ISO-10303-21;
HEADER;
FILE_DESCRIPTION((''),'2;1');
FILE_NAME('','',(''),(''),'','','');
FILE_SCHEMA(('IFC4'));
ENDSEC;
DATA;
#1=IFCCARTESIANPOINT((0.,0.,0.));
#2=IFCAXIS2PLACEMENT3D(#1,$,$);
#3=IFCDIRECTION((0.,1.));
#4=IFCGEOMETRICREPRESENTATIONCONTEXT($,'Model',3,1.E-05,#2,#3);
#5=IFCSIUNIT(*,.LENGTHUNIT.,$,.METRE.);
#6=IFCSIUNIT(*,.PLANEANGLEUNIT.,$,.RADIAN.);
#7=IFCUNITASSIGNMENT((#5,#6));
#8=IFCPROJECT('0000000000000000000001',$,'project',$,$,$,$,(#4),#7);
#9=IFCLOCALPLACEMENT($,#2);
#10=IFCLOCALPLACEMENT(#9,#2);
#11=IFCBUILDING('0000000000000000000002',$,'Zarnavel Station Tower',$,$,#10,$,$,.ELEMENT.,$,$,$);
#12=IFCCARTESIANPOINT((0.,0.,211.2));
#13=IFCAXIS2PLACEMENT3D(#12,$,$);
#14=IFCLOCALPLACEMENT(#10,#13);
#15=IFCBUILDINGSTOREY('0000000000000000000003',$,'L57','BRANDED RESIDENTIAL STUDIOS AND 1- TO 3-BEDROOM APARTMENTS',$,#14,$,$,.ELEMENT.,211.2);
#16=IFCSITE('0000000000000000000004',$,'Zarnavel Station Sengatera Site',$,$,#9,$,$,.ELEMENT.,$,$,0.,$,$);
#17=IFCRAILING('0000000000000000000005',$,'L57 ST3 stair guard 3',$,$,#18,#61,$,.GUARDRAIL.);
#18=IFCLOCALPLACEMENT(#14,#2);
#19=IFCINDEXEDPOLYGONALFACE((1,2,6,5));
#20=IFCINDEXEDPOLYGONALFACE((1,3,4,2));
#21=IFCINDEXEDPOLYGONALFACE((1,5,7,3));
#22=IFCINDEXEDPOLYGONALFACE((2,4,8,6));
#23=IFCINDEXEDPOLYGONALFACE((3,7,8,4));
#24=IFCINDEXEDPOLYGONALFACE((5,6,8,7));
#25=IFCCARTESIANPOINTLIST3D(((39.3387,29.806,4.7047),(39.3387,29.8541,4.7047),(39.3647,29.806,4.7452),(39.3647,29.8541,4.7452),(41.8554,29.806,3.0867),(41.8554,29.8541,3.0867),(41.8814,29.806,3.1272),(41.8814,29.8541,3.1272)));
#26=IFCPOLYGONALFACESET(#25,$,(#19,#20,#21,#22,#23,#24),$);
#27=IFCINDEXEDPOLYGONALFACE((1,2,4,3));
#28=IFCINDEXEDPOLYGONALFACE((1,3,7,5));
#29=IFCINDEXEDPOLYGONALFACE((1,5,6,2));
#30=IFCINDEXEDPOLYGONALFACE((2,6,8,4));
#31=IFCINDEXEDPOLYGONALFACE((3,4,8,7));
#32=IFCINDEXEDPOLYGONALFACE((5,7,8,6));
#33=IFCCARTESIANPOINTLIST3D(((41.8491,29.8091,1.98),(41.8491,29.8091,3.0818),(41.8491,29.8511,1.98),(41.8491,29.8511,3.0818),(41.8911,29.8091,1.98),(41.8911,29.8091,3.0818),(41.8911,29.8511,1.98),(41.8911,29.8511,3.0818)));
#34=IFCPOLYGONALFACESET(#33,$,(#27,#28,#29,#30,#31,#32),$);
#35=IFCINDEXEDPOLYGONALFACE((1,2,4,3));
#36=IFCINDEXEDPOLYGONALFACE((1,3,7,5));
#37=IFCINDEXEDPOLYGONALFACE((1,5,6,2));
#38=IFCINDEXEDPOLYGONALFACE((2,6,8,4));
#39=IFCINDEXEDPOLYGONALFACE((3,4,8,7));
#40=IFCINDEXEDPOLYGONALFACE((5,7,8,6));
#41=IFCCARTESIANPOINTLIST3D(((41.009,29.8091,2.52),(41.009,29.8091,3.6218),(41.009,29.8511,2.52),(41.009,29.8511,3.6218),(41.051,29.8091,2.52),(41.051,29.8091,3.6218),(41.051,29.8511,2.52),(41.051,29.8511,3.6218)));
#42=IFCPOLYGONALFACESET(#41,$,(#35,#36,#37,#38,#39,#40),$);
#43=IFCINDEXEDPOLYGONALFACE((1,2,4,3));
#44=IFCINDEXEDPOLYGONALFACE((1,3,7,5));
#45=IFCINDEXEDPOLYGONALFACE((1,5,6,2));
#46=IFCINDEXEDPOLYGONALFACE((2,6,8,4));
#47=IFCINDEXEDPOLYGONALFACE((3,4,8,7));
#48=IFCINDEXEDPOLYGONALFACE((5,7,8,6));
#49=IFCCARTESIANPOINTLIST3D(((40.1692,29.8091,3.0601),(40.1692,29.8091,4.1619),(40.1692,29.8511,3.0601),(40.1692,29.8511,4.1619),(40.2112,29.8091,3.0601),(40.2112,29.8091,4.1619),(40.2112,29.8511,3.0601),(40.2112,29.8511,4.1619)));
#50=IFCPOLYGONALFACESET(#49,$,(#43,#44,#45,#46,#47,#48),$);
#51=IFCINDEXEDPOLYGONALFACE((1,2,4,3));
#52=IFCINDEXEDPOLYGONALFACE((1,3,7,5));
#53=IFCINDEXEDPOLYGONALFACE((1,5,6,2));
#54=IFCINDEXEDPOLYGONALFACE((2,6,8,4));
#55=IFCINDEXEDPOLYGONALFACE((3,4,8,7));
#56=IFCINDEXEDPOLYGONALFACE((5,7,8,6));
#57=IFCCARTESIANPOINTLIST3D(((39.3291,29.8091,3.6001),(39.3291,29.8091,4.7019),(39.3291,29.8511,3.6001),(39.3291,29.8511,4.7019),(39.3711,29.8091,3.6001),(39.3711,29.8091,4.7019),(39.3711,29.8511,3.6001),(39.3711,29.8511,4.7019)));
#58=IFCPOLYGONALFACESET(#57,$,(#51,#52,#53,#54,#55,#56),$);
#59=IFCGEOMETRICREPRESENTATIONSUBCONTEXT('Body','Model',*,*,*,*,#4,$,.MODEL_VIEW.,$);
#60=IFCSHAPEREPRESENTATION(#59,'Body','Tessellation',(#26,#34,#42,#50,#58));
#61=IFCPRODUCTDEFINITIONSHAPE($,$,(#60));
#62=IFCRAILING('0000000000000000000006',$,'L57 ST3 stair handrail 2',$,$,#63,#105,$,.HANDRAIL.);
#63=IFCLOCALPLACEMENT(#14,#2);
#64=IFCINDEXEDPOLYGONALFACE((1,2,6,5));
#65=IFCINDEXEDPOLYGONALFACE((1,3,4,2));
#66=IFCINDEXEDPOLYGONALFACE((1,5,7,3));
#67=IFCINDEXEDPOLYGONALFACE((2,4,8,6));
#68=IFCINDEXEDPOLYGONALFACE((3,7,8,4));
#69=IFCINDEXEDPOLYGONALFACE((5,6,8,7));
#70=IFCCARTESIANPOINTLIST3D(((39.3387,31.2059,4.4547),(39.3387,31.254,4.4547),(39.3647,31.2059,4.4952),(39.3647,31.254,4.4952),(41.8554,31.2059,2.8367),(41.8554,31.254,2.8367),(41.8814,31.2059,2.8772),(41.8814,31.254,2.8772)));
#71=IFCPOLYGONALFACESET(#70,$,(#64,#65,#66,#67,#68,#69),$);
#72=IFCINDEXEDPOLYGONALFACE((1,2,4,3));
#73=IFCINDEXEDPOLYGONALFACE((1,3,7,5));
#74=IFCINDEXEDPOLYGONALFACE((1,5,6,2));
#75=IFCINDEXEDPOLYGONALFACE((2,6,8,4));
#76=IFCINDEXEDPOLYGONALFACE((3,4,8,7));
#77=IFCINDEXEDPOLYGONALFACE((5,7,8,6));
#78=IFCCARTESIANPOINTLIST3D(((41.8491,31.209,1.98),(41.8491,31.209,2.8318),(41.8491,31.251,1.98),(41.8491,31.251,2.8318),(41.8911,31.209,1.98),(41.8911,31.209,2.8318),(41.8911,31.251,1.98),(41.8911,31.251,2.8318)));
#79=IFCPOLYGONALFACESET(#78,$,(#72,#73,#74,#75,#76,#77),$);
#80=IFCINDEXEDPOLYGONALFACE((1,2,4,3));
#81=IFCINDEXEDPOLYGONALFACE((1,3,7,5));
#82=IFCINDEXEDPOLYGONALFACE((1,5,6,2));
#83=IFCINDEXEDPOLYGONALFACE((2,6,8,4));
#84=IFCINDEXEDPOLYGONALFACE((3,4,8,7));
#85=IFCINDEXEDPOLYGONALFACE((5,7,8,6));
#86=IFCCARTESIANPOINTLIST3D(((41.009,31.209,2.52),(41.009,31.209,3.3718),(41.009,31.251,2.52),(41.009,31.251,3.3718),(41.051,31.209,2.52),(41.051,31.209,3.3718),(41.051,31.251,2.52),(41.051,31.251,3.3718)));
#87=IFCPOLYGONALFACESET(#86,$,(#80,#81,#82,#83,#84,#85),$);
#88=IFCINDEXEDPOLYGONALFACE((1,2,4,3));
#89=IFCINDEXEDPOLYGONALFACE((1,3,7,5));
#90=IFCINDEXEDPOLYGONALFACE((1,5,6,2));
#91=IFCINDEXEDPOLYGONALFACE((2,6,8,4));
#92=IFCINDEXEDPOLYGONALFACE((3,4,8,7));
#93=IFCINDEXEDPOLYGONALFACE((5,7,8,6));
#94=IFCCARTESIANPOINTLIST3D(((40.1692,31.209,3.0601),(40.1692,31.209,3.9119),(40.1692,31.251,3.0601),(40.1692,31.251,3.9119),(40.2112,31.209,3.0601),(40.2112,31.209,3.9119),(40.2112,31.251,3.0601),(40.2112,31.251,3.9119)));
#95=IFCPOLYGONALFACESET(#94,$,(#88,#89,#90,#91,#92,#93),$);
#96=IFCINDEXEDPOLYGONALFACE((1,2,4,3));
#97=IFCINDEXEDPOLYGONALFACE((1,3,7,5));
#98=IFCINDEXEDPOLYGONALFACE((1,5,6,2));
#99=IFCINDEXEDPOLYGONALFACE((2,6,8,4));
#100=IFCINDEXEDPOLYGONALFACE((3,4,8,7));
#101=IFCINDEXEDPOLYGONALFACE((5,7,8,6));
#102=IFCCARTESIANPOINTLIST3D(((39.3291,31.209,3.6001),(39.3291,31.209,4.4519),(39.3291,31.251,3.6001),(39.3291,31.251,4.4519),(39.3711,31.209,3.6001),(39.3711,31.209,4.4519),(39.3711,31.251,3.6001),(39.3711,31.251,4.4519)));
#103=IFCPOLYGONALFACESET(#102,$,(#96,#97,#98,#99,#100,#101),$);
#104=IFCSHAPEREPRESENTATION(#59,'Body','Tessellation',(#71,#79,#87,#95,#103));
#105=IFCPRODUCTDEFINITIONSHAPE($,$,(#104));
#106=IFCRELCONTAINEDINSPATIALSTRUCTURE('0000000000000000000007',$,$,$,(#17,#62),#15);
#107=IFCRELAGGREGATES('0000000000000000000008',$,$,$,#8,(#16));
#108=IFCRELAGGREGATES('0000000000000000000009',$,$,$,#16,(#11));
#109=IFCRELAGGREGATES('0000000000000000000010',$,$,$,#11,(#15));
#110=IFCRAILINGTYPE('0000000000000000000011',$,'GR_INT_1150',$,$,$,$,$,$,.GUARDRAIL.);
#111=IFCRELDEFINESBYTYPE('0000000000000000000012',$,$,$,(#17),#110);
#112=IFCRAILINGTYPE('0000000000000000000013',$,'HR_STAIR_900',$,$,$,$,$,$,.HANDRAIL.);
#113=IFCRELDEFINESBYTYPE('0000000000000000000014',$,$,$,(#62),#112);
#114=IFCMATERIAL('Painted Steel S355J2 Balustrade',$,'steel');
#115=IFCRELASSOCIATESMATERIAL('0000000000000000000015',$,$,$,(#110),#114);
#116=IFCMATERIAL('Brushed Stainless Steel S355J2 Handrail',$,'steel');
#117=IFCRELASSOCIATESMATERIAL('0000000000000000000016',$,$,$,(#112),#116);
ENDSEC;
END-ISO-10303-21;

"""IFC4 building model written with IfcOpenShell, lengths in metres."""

from ifc_helpers import new_model, si_unit, direction, frame, origin, origin_2d, place, context, subcontext, project, spatial, rectangle, extrude, material, type_object, element, save


model = new_model("IFC4")

# Units and contexts
model_context = context("Model", 3, precision=1e-05, world=origin(), true_north=direction((0.0, 1.0)))
body_context = subcontext(model_context, "Body", "Model", "MODEL_VIEW")
ifc_project = project(units=[si_unit("LENGTHUNIT", "METRE"), si_unit("PLANEANGLEUNIT", "RADIAN")], contexts=[model_context])

# Site, building, storey
site_placement = place(None, origin())
site = spatial("IfcSite", under=ifc_project, at=site_placement, Name="Zarnavel Station Sengatera Site", CompositionType="ELEMENT", RefElevation=0.0)
building_placement = place(site_placement, origin())
building = spatial("IfcBuilding", under=site, at=building_placement, Name="Zarnavel Station Tower", CompositionType="ELEMENT")
storey_placement = place(building_placement, frame((0.0, 0.0, 211.2)))
storey = spatial("IfcBuildingStorey", under=building, at=storey_placement, Name="L57", Description="BRANDED RESIDENTIAL STUDIOS AND 1- TO 3-BEDROOM APARTMENTS", CompositionType="ELEMENT", Elevation=211.2)

# Railings
ifc_material_1 = material(Name="Painted Steel S355J2 Balustrade", Category="steel")
railing_type_1 = type_object("IfcRailingType", Name="GR_INT_1150", PredefinedType="GUARDRAIL", material=ifc_material_1)
railing_1_placement = place(storey_placement, frame((41.8701, 29.8301, 1.98)))
element("IfcRailing", 1, at=railing_1_placement, inside=storey, type_object=railing_type_1, Name="L57 ST3 stair guard 3", PredefinedType="GUARDRAIL", context=body_context, shape_type="SweptSolid", body=[
    extrude(rectangle(XDim=0.0481, YDim=0.0481, at=origin_2d()), frame((-0.0017, 0.0, 1.127), z_axis=(-0.841163, 0.0, 0.540782), x_axis=(0.0, -1.0, 0.0)), (0.0, 0.0, 1.0), 2.9919),
    extrude(rectangle(XDim=0.042, YDim=0.042, at=origin_2d()), origin(), (0.0, 0.0, 1.0), 1.1018),
    extrude(rectangle(XDim=0.042, YDim=0.042, at=origin_2d()), frame((-0.8401, 0.0, 0.54)), (0.0, 0.0, 1.0), 1.1018),
    extrude(rectangle(XDim=0.042, YDim=0.042, at=origin_2d()), frame((-1.6799, 0.0, 1.0801)), (0.0, 0.0, 1.0), 1.1018),
    extrude(rectangle(XDim=0.042, YDim=0.042, at=origin_2d()), frame((-2.52, 0.0, 1.6201)), (0.0, 0.0, 1.0), 1.1018),
])
ifc_material_2 = material(Name="Brushed Stainless Steel S355J2 Handrail", Category="steel")
railing_type_2 = type_object("IfcRailingType", Name="HR_STAIR_900", PredefinedType="HANDRAIL", material=ifc_material_2)
railing_2_placement = place(storey_placement, frame((41.8701, 31.23, 1.98)))
element("IfcRailing", 2, at=railing_2_placement, inside=storey, type_object=railing_type_2, Name="L57 ST3 stair handrail 2", PredefinedType="HANDRAIL", context=body_context, shape_type="SweptSolid", body=[
    extrude(rectangle(XDim=0.0481, YDim=0.0481, at=origin_2d()), frame((-0.0017, 0.0, 0.877), z_axis=(-0.841163, 0.0, 0.540782), x_axis=(0.0, -1.0, 0.0)), (0.0, 0.0, 1.0), 2.9919),
    extrude(rectangle(XDim=0.042, YDim=0.042, at=origin_2d()), origin(), (0.0, 0.0, 1.0), 0.8518),
    extrude(rectangle(XDim=0.042, YDim=0.042, at=origin_2d()), frame((-0.8401, 0.0, 0.54)), (0.0, 0.0, 1.0), 0.8518),
    extrude(rectangle(XDim=0.042, YDim=0.042, at=origin_2d()), frame((-1.6799, 0.0, 1.0801)), (0.0, 0.0, 1.0), 0.8518),
    extrude(rectangle(XDim=0.042, YDim=0.042, at=origin_2d()), frame((-2.52, 0.0, 1.6201)), (0.0, 0.0, 1.0), 0.8518),
])

save(model, "model.ifc")
